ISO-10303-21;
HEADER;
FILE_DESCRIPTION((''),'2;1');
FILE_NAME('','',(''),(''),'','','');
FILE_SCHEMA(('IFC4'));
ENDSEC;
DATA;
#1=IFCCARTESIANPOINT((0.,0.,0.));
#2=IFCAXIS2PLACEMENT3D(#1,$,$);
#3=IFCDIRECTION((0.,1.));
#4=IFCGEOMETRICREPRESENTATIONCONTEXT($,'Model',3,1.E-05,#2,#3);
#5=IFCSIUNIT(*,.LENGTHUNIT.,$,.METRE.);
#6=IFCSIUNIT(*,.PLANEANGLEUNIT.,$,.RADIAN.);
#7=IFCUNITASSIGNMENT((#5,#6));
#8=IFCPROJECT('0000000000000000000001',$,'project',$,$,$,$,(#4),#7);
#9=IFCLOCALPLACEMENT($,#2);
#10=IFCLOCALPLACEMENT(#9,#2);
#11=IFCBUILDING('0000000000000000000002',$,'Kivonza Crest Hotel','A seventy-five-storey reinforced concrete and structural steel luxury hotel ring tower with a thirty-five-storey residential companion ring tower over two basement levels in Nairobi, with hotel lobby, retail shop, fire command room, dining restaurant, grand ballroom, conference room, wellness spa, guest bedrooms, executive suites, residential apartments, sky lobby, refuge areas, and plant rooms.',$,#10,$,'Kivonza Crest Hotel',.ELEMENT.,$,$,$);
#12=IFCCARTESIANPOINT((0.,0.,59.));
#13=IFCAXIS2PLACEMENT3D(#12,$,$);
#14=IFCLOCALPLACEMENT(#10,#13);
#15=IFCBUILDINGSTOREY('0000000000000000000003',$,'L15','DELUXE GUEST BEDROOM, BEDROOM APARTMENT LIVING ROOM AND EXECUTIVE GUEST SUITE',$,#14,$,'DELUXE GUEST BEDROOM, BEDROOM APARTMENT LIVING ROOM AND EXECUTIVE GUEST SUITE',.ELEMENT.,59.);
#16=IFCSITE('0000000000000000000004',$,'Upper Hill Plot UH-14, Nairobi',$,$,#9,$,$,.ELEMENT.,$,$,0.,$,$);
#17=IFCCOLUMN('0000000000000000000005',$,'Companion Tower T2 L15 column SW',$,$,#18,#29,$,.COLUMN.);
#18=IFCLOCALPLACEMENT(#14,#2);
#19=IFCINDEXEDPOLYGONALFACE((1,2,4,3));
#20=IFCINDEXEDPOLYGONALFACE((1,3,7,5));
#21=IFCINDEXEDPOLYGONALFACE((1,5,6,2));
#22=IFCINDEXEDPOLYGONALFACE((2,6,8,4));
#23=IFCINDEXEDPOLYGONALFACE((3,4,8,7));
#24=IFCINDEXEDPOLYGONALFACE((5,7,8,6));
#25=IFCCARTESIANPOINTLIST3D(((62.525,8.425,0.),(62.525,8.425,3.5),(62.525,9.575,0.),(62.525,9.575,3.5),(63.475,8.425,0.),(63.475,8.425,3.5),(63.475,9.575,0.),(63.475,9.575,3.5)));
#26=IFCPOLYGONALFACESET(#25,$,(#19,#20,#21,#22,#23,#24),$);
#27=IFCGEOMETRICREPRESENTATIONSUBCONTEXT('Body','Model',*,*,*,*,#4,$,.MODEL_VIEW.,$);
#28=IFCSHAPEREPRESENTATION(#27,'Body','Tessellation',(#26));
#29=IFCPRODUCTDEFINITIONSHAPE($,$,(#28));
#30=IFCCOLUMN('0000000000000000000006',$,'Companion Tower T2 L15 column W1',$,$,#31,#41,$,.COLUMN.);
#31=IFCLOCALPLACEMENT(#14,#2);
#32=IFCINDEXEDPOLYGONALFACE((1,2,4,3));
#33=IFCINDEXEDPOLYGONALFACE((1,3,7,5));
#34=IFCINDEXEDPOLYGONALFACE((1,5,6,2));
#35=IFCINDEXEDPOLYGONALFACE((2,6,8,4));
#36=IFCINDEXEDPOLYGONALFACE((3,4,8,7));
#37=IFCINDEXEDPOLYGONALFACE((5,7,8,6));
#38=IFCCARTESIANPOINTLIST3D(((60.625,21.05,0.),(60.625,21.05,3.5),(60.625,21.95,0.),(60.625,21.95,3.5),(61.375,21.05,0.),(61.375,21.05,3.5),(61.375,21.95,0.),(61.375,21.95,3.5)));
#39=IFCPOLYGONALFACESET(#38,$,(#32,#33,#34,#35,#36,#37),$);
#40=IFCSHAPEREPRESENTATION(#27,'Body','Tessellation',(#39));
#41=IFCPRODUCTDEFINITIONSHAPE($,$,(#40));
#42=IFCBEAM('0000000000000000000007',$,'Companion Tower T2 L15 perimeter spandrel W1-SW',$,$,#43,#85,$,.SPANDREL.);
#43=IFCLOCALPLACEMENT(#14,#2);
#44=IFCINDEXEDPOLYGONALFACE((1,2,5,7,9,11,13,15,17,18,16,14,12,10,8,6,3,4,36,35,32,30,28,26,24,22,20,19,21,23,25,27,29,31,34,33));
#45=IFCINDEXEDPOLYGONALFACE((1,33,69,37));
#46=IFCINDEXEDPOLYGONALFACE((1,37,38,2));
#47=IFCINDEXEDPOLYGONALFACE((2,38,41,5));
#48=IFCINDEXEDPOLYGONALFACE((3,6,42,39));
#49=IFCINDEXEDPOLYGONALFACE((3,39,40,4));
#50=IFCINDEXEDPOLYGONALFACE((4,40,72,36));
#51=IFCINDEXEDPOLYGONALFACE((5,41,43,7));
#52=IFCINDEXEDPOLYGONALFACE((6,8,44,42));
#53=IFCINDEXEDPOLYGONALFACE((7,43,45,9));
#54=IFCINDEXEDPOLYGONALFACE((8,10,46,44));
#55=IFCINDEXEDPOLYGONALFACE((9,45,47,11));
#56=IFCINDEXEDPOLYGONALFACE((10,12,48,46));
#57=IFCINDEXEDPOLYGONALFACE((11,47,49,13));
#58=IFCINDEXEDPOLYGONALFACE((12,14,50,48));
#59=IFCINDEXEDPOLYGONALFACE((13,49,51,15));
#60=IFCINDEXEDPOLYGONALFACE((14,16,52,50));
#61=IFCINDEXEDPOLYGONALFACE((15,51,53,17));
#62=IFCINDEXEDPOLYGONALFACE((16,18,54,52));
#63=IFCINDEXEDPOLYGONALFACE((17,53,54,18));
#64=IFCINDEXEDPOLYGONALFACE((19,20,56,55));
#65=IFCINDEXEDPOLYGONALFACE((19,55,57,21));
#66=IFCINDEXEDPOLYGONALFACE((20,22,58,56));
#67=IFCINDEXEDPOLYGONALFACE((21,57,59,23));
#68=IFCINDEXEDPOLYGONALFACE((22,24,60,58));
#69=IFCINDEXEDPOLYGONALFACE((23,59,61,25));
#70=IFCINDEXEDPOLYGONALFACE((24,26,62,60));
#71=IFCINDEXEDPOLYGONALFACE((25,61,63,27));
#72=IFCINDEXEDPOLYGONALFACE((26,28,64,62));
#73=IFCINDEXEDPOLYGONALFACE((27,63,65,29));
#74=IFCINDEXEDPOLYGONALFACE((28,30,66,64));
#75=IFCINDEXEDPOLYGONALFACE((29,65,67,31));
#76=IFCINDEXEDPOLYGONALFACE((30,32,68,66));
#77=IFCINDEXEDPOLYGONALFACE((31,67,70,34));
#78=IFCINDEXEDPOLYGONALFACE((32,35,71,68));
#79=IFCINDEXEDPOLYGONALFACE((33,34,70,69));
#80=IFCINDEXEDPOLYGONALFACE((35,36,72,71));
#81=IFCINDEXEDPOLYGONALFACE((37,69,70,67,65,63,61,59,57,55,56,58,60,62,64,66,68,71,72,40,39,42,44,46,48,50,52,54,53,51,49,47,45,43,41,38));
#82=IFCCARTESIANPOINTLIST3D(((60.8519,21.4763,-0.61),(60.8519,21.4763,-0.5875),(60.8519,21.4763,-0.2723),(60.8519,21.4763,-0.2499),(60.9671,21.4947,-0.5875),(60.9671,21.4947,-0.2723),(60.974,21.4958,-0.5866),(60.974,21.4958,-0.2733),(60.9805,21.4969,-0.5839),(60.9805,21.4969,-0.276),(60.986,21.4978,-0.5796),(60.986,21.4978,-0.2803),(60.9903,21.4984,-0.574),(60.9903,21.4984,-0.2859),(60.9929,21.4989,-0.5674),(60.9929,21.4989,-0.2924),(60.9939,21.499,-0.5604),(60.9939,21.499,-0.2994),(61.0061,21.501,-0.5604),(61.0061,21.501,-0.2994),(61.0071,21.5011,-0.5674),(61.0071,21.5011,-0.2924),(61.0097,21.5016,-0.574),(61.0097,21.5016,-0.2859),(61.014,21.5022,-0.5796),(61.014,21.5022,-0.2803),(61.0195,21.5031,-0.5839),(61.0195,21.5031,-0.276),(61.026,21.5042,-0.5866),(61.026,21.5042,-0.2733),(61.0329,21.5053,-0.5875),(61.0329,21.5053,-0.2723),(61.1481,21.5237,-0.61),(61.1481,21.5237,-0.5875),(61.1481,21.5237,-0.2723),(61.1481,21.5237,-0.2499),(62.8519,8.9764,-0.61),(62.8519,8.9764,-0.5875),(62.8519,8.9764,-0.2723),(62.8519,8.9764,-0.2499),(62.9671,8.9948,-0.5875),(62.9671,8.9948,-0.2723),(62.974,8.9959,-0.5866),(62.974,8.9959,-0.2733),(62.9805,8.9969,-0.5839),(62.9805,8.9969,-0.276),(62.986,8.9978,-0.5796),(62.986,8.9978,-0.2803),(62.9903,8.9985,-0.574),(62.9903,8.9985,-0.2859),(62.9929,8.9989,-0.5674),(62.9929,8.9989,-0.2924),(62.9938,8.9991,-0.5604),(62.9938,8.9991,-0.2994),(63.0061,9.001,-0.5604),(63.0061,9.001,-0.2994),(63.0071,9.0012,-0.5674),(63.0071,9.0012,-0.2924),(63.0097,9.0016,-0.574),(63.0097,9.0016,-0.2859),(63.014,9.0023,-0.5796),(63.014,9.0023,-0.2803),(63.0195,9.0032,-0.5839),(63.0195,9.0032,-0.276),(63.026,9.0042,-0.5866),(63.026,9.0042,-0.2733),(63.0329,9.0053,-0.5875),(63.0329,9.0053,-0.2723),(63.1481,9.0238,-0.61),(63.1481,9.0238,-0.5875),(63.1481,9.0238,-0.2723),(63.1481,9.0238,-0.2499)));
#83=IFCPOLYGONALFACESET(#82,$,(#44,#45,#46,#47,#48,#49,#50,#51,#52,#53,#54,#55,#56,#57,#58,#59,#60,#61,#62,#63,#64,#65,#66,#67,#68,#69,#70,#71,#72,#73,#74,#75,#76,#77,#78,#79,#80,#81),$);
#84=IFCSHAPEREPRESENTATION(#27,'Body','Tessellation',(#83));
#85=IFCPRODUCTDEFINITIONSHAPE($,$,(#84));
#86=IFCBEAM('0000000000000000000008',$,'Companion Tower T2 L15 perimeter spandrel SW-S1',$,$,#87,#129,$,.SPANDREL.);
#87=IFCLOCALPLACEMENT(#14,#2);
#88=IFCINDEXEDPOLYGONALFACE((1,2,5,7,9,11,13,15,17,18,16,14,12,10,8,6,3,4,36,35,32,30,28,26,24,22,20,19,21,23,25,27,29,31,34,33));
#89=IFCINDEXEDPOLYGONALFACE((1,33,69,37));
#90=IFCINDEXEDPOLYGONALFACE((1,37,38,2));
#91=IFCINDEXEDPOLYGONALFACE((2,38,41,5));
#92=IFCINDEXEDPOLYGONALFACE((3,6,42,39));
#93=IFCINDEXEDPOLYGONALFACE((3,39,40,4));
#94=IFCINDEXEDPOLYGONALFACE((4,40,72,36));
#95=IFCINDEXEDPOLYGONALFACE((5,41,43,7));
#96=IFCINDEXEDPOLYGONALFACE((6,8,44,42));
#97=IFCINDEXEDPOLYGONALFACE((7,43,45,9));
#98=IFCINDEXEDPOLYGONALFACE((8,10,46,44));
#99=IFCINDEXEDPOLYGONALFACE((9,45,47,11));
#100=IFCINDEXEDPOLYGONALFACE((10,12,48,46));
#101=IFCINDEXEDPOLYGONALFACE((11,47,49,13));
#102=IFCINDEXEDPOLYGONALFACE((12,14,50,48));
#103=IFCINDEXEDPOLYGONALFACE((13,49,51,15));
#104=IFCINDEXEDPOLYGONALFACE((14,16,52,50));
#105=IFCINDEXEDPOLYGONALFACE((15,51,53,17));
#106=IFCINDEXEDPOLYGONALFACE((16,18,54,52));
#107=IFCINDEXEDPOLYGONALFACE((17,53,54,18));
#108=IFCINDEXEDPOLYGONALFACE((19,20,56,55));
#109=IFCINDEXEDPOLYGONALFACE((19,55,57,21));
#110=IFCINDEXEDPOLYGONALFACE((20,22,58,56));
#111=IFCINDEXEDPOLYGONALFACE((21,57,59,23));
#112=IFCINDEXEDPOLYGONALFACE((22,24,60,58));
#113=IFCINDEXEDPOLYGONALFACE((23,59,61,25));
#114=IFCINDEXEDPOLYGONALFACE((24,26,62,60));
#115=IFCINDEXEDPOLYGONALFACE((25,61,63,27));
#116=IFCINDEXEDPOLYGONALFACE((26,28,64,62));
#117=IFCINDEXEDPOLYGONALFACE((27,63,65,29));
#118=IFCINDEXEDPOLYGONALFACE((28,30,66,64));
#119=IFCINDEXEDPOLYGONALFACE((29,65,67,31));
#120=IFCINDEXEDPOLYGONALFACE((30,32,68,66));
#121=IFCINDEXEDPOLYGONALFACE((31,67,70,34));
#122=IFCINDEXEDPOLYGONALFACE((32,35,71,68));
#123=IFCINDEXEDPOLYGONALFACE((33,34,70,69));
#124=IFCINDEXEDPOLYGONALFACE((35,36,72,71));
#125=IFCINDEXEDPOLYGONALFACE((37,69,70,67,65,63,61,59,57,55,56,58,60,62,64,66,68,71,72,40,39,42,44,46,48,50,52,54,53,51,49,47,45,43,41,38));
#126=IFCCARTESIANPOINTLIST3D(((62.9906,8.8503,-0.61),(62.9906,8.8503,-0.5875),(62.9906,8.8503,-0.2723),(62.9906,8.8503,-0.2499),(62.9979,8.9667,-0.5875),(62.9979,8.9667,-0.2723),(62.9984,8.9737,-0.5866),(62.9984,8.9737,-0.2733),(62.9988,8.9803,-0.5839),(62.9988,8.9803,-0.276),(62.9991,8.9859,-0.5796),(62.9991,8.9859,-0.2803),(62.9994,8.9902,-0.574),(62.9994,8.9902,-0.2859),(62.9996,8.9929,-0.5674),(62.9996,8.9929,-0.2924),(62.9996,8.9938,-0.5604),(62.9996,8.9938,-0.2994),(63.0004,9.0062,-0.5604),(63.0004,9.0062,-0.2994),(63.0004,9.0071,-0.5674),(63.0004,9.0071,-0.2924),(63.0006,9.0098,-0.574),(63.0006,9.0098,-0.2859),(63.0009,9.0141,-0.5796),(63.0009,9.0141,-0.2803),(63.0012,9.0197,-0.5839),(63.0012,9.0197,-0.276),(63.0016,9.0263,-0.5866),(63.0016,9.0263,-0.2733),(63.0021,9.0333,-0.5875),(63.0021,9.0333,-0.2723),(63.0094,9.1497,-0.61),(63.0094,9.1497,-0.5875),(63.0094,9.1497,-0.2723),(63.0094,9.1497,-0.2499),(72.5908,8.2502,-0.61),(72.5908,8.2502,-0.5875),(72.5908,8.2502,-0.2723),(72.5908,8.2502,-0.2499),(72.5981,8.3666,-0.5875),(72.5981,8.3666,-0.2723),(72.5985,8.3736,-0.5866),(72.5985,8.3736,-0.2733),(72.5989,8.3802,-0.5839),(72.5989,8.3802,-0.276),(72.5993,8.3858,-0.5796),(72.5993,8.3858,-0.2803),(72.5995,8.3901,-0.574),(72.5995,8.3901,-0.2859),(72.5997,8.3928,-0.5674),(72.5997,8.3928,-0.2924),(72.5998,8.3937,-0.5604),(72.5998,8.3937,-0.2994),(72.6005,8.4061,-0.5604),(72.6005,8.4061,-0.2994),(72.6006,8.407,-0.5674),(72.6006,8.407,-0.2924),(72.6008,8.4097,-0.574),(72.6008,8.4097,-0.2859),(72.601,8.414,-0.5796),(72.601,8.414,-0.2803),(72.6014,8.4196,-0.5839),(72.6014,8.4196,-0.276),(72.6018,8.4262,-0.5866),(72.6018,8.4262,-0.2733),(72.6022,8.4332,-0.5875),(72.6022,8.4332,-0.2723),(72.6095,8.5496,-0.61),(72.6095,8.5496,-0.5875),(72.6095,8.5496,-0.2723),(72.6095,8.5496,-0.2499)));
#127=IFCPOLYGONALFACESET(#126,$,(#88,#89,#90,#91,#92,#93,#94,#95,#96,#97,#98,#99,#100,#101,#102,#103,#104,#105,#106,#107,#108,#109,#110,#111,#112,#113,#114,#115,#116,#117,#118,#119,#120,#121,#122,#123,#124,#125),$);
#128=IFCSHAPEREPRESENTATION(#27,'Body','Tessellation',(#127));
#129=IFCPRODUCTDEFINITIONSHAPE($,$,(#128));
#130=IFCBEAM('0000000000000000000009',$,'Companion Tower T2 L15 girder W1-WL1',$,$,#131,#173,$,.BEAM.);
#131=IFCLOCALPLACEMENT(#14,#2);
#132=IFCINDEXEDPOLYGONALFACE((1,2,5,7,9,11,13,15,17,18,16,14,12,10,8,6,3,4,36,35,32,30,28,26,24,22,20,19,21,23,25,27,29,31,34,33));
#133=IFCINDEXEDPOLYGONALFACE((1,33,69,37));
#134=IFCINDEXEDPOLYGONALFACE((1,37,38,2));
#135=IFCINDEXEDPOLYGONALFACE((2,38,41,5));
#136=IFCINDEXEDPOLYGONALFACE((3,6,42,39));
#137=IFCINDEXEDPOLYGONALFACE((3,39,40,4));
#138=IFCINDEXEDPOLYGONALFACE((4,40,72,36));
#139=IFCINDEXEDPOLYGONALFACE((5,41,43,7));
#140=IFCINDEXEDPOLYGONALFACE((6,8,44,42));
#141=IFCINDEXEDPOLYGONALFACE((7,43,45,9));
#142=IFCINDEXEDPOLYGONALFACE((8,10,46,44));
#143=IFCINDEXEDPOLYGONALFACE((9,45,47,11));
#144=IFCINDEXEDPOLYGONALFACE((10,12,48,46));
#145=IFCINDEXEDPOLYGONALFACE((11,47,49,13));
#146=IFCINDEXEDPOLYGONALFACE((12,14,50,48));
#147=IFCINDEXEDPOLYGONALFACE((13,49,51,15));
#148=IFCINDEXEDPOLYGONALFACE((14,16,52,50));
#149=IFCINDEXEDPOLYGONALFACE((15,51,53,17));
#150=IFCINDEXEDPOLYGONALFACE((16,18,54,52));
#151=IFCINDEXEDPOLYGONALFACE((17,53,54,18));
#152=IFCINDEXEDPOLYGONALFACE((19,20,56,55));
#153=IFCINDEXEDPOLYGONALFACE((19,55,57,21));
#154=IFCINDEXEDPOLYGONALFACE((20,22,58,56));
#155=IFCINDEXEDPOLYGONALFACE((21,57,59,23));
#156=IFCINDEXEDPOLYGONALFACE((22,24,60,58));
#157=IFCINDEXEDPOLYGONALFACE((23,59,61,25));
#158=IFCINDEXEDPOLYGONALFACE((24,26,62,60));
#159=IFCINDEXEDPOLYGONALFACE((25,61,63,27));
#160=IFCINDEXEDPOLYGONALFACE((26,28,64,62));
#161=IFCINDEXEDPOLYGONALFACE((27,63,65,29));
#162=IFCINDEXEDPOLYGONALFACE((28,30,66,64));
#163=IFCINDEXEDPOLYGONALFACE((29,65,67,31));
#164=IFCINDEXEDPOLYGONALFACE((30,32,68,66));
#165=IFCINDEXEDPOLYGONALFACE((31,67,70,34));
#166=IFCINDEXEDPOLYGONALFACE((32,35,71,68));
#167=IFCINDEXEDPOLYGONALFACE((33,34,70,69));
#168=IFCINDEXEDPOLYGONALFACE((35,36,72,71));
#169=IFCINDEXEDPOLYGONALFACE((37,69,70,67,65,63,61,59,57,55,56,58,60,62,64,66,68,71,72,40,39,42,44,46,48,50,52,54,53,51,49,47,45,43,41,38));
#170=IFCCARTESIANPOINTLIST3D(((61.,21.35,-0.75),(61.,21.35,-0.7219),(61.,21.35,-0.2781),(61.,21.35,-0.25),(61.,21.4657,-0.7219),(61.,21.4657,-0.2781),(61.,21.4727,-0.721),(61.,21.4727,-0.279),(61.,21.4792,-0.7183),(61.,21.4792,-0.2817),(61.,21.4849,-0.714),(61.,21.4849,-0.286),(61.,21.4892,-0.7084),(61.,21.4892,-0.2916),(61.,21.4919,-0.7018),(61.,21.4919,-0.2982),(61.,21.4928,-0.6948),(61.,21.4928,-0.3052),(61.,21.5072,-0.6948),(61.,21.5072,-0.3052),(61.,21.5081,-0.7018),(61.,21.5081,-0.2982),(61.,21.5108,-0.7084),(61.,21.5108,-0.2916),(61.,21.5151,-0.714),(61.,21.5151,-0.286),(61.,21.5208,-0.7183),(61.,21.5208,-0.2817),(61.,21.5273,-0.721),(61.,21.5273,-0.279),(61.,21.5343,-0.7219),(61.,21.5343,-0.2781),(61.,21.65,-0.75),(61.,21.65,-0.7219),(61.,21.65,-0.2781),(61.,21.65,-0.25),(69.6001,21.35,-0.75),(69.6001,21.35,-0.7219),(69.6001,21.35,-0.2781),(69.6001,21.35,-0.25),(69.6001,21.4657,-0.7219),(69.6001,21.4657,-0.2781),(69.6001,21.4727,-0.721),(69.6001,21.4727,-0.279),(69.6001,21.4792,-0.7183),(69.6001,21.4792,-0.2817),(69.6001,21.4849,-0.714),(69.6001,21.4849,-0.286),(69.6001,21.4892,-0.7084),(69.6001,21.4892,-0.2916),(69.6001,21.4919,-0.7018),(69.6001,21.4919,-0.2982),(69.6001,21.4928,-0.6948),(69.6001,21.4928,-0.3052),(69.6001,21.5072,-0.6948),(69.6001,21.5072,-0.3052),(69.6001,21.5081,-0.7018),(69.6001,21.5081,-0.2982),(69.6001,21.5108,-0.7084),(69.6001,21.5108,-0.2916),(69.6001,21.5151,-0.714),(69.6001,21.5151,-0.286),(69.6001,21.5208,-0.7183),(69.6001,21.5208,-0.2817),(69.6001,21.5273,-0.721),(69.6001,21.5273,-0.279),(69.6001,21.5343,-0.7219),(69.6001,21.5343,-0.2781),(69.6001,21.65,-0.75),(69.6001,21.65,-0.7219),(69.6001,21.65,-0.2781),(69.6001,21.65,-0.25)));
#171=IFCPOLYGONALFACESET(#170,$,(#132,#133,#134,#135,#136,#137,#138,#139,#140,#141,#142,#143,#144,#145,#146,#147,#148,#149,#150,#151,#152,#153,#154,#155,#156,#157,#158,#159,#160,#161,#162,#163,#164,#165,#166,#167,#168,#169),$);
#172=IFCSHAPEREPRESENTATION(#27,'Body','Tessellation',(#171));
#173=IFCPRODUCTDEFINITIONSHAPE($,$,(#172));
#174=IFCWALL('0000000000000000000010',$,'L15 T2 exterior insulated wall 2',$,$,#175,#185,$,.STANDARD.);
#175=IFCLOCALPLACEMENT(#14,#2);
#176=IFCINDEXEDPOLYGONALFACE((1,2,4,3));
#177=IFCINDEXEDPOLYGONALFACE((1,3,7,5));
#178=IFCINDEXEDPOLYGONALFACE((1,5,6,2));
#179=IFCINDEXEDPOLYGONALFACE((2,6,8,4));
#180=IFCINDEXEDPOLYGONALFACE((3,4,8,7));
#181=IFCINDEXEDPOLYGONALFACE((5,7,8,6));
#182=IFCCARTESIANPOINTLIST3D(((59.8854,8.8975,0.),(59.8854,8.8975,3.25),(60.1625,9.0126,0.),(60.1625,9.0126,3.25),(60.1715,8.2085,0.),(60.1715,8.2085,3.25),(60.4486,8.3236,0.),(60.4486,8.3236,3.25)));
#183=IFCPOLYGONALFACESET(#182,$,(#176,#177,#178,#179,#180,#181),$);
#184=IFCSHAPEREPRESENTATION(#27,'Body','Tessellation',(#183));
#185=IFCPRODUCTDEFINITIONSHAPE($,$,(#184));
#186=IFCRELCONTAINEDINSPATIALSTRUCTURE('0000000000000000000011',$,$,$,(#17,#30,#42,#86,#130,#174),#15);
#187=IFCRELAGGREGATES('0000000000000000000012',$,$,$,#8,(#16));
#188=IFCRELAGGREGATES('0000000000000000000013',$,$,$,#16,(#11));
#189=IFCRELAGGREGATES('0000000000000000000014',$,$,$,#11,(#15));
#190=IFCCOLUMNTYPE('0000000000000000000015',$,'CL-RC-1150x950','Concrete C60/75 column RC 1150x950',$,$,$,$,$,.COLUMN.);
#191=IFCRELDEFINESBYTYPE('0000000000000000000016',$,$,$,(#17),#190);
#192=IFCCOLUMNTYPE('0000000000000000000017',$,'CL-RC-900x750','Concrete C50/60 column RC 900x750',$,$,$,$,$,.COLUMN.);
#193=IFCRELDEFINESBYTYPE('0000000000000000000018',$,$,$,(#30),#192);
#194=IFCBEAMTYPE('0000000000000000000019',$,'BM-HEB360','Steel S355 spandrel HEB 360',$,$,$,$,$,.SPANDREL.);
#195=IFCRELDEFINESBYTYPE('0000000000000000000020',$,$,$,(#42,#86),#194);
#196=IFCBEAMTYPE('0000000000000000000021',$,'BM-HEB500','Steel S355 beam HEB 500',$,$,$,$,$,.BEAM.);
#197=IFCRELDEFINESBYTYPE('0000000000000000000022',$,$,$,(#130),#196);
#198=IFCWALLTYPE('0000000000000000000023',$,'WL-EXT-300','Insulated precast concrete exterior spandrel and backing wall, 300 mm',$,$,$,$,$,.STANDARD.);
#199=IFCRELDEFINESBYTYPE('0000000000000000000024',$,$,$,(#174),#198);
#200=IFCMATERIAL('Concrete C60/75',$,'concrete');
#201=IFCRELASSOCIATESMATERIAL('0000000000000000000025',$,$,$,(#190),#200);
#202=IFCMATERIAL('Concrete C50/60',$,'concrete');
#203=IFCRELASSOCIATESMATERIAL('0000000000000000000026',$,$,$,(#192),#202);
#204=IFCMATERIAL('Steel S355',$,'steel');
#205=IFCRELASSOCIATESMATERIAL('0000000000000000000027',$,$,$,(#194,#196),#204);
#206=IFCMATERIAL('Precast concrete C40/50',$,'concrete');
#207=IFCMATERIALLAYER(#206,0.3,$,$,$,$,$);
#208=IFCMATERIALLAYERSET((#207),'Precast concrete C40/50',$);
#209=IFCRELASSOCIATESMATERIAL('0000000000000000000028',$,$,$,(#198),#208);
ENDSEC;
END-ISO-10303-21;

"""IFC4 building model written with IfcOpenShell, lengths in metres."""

from ifc_helpers import new_model, si_unit, direction, frame, frame_2d, origin, origin_2d, place, context, subcontext, project, spatial, rectangle, i_section, extrude, material, layer, layer_set, material_profile, profile_set, type_object, element, save


model = new_model("IFC4")

# Units and contexts
model_context = context("Model", 3, precision=1e-05, world=origin(), true_north=direction((0.0, 1.0)))
body_context = subcontext(model_context, "Body", "Model", "MODEL_VIEW")
ifc_project = project(units=[si_unit("LENGTHUNIT", "METRE"), si_unit("PLANEANGLEUNIT", "RADIAN")], contexts=[model_context])

# Site, building, storey
site_placement = place(None, origin())
site = spatial("IfcSite", under=ifc_project, at=site_placement, Name="Upper Hill Plot UH-14, Nairobi", CompositionType="ELEMENT", RefElevation=0.0)
building_placement = place(site_placement, origin())
building = spatial("IfcBuilding", under=site, at=building_placement, Name="Kivonza Crest Hotel", Description="A seventy-five-storey reinforced concrete and structural steel luxury hotel ring tower with a thirty-five-storey residential companion ring tower over two basement levels in Nairobi, with hotel lobby, retail shop, fire command room, dining restaurant, grand ballroom, conference room, wellness spa, guest bedrooms, executive suites, residential apartments, sky lobby, refuge areas, and plant rooms.", LongName="Kivonza Crest Hotel", CompositionType="ELEMENT")
storey_placement = place(building_placement, frame((0.0, 0.0, 59.0)))
storey = spatial("IfcBuildingStorey", under=building, at=storey_placement, Name="L15", Description="DELUXE GUEST BEDROOM, BEDROOM APARTMENT LIVING ROOM AND EXECUTIVE GUEST SUITE", LongName="DELUXE GUEST BEDROOM, BEDROOM APARTMENT LIVING ROOM AND EXECUTIVE GUEST SUITE", CompositionType="ELEMENT", Elevation=59.0)

# Columns
ifc_material_1 = material(Name="Concrete C60/75", Category="concrete")
ifc_material_profile_1 = material_profile(ifc_material_1, rectangle(XDim=0.95, YDim=1.1499, at=origin_2d()), Name="RC 1150x950")
ifc_profile_set_1 = profile_set([ifc_material_profile_1], Name="Concrete C60/75")
column_type_1 = type_object("IfcColumnType", Name="CL-RC-1150x950", Description="Concrete C60/75 column RC 1150x950", PredefinedType="COLUMN", material=ifc_profile_set_1)
column_1_placement = place(storey_placement, frame((63.0, 9.0, 0.0), z_axis=(0.0, 0.0, 1.0), x_axis=(1.0, 0.0, 0.0)))
element("IfcColumn", 1, at=column_1_placement, inside=storey, type_object=column_type_1, Name="Companion Tower T2 L15 column SW", PredefinedType="COLUMN", context=body_context, shape_type="SweptSolid", body=[
    extrude(rectangle(XDim=0.95, YDim=1.1499, at=origin_2d()), origin(), (0.0, 0.0, 1.0), 3.5),
])
ifc_material_2 = material(Name="Concrete C50/60", Category="concrete")
ifc_material_profile_2 = material_profile(ifc_material_2, rectangle(XDim=0.75, YDim=0.8999, at=origin_2d()), Name="RC 900x750")
ifc_profile_set_2 = profile_set([ifc_material_profile_2], Name="Concrete C50/60")
column_type_2 = type_object("IfcColumnType", Name="CL-RC-900x750", Description="Concrete C50/60 column RC 900x750", PredefinedType="COLUMN", material=ifc_profile_set_2)
column_2_placement = place(storey_placement, frame((61.0, 21.5, 0.0), z_axis=(0.0, 0.0, 1.0), x_axis=(1.0, 0.0, 0.0)))
element("IfcColumn", 2, at=column_2_placement, inside=storey, type_object=column_type_2, Name="Companion Tower T2 L15 column W1", PredefinedType="COLUMN", context=body_context, shape_type="SweptSolid", body=[
    extrude(rectangle(XDim=0.75, YDim=0.8999, at=origin_2d()), origin(), (0.0, 0.0, 1.0), 3.5),
])

# Beams
ifc_material_3 = material(Name="Steel S355", Category="steel")
ifc_material_profile_3 = material_profile(ifc_material_3, i_section(OverallWidth=0.3, OverallDepth=0.3601, WebThickness=0.0125, FlangeThickness=0.0225, FilletRadius=0.0271, at=origin_2d()), Name="HEB 360")
ifc_profile_set_3 = profile_set([ifc_material_profile_3], Name="Steel S355")
beam_type_1 = type_object("IfcBeamType", Name="BM-HEB360", Description="Steel S355 spandrel HEB 360", PredefinedType="SPANDREL", material=ifc_profile_set_3)
beam_1_placement = place(storey_placement, frame((61.0, 21.5, -0.4299), z_axis=(0.157991, -0.987441, 0.0), x_axis=(0.987441, 0.157991, 0.0)))
element("IfcBeam", 3, at=beam_1_placement, inside=storey, type_object=beam_type_1, Name="Companion Tower T2 L15 perimeter spandrel W1-SW", PredefinedType="SPANDREL", context=body_context, shape_type="SweptSolid", body=[
    extrude(i_section(OverallWidth=0.3, OverallDepth=0.3601, WebThickness=0.0125, FlangeThickness=0.0225, FilletRadius=0.0271, at=origin_2d()), origin(), (0.0, 0.0, 1.0), 12.6589),
])
beam_2_placement = place(storey_placement, frame((63.0, 9.0, -0.4299), z_axis=(0.998052, -0.062388, 0.0), x_axis=(0.062388, 0.998052, 0.0)))
element("IfcBeam", 4, at=beam_2_placement, inside=storey, type_object=beam_type_1, Name="Companion Tower T2 L15 perimeter spandrel SW-S1", PredefinedType="SPANDREL", context=body_context, shape_type="SweptSolid", body=[
    extrude(i_section(OverallWidth=0.3, OverallDepth=0.3601, WebThickness=0.0125, FlangeThickness=0.0225, FilletRadius=0.0271, at=origin_2d()), origin(), (0.0, 0.0, 1.0), 9.6189),
])
ifc_material_profile_4 = material_profile(ifc_material_3, i_section(OverallWidth=0.3, OverallDepth=0.5, WebThickness=0.0144, FlangeThickness=0.0281, FilletRadius=0.0271, at=origin_2d()), Name="HEB 500")
ifc_profile_set_4 = profile_set([ifc_material_profile_4], Name="Steel S355")
beam_type_2 = type_object("IfcBeamType", Name="BM-HEB500", Description="Steel S355 beam HEB 500", PredefinedType="BEAM", material=ifc_profile_set_4)
beam_3_placement = place(storey_placement, frame((61.0, 21.5, -0.5), z_axis=(1.0, 0.0, 0.0), x_axis=(0.0, 1.0, 0.0)))
element("IfcBeam", 5, at=beam_3_placement, inside=storey, type_object=beam_type_2, Name="Companion Tower T2 L15 girder W1-WL1", PredefinedType="BEAM", context=body_context, shape_type="SweptSolid", body=[
    extrude(i_section(OverallWidth=0.3, OverallDepth=0.5, WebThickness=0.0144, FlangeThickness=0.0281, FilletRadius=0.0271, at=origin_2d()), origin(), (0.0, 0.0, 1.0), 8.6001),
])

# Wall
ifc_material_4 = material(Name="Precast concrete C40/50", Category="concrete")
ifc_layer_1 = layer(ifc_material_4, 0.3)
ifc_layer_set_1 = layer_set([ifc_layer_1], Name="Precast concrete C40/50")
wall_type_1 = type_object("IfcWallType", Name="WL-EXT-300", Description="Insulated precast concrete exterior spandrel and backing wall, 300 mm", PredefinedType="STANDARD", material=ifc_layer_set_1)
for number, where, z_axis, x_axis, name in (
    (6, (60.0239, 8.9551, 0.0), (0.0, 0.0, 1.0), (0.383546, -0.923522, 0.0), "L15 T2 exterior insulated wall 2"),
):
    element("IfcWall", number, at=place(storey_placement, frame(where, z_axis=z_axis, x_axis=x_axis)), inside=storey, type_object=wall_type_1, Name=name, PredefinedType="STANDARD", context=body_context, shape_type="SweptSolid", body=[
        extrude(rectangle(XDim=0.7461, YDim=0.3, at=frame_2d((0.373, 0.0))), origin(), (0.0, 0.0, 1.0), 3.25),
    ])

save(model, "model.ifc")
